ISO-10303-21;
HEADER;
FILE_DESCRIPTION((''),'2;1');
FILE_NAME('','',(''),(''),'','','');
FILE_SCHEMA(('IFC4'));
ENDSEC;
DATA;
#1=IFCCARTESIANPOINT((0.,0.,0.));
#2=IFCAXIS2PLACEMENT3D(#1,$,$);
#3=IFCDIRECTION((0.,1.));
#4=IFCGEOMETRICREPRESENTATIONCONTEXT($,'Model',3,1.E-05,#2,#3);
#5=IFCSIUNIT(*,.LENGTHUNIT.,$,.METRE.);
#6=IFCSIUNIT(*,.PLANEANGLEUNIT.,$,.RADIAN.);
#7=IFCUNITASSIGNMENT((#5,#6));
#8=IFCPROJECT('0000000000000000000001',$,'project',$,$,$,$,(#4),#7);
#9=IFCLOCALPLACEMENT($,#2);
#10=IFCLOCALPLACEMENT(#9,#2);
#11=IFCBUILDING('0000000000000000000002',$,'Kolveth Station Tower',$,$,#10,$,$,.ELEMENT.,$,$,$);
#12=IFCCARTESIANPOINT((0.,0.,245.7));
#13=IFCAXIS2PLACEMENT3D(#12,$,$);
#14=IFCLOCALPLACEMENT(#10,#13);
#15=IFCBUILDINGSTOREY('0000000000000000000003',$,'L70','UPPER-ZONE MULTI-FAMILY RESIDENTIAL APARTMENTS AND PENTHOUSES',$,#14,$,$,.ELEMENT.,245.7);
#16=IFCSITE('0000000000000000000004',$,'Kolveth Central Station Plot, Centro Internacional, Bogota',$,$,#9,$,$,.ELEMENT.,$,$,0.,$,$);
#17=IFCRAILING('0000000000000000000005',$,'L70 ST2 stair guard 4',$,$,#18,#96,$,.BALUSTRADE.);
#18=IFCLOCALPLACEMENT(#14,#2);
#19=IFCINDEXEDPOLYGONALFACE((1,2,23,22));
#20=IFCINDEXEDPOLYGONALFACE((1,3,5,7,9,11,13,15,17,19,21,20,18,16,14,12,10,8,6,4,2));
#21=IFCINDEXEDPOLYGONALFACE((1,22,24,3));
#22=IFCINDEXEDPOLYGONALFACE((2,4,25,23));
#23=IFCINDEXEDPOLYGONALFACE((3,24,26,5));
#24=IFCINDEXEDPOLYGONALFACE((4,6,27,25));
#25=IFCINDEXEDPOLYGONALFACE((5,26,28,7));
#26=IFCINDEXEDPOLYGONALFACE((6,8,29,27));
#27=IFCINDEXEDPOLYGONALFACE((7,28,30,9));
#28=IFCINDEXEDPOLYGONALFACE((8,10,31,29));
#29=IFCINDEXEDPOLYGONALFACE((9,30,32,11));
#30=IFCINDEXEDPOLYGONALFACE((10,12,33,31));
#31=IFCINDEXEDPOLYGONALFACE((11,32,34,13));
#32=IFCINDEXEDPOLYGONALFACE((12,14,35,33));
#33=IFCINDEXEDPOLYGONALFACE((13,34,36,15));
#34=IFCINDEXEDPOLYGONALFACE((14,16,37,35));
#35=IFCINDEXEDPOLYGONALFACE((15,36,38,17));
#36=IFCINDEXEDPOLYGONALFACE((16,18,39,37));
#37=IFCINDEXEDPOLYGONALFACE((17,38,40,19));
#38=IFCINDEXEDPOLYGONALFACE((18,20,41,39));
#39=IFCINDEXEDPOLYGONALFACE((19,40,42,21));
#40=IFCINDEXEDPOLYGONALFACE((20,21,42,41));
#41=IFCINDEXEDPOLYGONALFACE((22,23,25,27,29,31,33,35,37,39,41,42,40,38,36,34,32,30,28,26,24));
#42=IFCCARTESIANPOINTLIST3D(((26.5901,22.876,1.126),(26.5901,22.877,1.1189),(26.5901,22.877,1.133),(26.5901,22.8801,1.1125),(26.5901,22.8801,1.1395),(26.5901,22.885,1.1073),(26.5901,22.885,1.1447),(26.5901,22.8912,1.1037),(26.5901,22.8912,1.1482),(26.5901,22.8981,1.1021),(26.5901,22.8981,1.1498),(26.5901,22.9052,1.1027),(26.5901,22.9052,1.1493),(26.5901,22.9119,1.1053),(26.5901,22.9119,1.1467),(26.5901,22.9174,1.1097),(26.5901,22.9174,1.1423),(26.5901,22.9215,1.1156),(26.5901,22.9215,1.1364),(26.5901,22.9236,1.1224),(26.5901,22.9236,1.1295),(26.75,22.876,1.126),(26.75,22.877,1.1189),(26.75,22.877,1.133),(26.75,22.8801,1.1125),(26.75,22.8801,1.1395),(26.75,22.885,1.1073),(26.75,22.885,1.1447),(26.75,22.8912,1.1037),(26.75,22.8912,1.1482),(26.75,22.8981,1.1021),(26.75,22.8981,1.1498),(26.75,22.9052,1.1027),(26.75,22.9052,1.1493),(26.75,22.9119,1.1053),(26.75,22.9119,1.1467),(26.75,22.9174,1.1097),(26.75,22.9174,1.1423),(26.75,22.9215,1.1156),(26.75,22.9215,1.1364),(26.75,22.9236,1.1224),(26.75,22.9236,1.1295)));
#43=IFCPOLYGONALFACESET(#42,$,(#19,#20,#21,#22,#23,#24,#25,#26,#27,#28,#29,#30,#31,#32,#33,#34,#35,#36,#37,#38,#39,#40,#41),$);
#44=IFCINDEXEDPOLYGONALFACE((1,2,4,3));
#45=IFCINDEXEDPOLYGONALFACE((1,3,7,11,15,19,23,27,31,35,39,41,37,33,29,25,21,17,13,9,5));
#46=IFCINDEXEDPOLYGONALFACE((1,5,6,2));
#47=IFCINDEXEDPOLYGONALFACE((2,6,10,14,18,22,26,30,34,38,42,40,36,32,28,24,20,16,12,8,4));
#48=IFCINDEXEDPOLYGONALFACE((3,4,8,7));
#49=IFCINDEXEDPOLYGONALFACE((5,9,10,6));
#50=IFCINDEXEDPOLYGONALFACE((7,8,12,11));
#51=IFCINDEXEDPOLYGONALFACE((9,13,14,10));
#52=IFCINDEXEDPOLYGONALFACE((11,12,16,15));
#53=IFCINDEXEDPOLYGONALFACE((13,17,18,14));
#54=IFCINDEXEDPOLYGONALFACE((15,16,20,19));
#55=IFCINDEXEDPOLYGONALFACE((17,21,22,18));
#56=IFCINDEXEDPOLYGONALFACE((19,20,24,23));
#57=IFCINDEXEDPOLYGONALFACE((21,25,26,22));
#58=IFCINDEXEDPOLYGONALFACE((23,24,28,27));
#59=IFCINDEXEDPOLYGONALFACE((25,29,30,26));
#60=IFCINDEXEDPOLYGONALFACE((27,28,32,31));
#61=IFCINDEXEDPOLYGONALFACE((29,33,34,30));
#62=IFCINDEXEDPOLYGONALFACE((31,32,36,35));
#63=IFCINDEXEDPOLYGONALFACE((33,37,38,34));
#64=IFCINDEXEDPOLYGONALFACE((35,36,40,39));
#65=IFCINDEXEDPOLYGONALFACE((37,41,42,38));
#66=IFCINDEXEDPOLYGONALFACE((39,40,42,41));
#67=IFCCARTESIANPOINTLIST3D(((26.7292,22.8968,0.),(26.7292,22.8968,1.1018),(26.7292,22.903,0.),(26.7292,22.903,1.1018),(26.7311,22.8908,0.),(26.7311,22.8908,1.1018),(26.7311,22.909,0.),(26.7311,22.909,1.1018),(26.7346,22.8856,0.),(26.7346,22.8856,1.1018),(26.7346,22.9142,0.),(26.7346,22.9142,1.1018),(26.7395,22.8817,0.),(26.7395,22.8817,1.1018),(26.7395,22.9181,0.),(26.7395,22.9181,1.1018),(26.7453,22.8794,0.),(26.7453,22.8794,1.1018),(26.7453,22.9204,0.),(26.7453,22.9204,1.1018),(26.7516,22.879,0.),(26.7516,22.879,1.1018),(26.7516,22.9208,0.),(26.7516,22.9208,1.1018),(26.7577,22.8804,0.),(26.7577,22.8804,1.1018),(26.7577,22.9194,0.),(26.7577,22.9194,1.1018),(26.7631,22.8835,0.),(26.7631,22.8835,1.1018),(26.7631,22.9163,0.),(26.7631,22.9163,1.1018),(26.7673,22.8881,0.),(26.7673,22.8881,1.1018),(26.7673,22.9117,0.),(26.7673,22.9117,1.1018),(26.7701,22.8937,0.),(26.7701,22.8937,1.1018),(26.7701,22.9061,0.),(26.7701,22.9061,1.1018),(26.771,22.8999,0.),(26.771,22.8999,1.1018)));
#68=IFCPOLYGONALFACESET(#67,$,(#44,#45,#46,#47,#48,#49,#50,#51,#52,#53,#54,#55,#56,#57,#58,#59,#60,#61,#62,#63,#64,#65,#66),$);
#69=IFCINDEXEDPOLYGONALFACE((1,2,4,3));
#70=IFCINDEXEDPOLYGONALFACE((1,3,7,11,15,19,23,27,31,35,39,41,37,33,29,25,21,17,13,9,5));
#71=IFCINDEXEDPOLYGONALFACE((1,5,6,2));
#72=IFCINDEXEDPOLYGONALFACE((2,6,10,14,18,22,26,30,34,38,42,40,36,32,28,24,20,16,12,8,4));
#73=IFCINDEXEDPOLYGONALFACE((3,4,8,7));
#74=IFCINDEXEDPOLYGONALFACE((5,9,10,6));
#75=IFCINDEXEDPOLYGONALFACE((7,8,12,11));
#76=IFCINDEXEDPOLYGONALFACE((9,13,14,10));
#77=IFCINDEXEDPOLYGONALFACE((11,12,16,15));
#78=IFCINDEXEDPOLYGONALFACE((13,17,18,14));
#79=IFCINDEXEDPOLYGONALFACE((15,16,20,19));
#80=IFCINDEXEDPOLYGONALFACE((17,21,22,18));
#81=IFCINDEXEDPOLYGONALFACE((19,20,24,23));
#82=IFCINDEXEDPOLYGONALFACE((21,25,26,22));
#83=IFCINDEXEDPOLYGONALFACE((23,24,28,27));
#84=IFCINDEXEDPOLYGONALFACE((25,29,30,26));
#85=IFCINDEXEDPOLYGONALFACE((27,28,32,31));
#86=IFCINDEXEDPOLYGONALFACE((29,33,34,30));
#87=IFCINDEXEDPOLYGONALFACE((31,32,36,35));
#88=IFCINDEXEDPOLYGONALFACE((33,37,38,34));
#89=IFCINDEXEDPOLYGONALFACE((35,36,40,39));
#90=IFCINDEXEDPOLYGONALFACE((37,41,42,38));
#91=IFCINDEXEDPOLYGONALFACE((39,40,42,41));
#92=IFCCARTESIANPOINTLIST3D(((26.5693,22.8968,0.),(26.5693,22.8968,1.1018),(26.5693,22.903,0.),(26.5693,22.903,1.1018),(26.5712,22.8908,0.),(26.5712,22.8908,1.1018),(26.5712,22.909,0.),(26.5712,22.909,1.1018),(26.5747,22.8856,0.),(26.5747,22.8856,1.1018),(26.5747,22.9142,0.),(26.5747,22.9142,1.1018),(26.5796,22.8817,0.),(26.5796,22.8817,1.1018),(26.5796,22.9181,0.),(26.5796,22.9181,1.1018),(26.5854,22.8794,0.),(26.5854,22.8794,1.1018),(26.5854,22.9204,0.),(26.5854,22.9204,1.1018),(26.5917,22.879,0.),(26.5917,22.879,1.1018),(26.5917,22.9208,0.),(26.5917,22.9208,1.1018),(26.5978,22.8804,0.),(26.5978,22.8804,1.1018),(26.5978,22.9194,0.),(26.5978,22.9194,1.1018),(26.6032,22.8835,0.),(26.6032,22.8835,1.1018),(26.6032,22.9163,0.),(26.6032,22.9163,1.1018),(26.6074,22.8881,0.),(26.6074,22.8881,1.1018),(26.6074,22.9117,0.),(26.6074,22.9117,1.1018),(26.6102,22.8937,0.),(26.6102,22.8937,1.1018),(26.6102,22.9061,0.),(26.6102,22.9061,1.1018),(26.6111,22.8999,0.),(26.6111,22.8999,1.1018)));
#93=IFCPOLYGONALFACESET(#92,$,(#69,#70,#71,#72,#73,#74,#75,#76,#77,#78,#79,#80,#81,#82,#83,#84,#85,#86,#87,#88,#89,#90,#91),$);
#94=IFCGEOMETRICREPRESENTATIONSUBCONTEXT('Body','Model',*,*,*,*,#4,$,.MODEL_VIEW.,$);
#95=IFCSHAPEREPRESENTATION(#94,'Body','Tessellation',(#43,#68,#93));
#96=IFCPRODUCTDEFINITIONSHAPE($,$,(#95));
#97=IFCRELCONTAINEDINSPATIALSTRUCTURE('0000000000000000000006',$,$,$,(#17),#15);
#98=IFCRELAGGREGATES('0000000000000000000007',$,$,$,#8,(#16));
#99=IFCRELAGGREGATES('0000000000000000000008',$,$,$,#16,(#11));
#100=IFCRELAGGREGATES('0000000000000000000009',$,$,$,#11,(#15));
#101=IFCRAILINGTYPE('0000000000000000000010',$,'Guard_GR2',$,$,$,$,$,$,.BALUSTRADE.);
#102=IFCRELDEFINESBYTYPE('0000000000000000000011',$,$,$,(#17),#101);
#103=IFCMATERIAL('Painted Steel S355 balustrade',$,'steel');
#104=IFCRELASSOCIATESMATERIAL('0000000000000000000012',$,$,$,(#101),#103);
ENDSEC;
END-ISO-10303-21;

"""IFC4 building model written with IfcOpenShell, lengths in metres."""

from ifc_helpers import new_model, si_unit, direction, frame, origin, origin_2d, place, context, subcontext, project, spatial, circle, extrude, material, type_object, element, save


model = new_model("IFC4")

# Units and contexts
model_context = context("Model", 3, precision=1e-05, world=origin(), true_north=direction((0.0, 1.0)))
body_context = subcontext(model_context, "Body", "Model", "MODEL_VIEW")
ifc_project = project(units=[si_unit("LENGTHUNIT", "METRE"), si_unit("PLANEANGLEUNIT", "RADIAN")], contexts=[model_context])

# Site, building, storey
site_placement = place(None, origin())
site = spatial("IfcSite", under=ifc_project, at=site_placement, Name="Kolveth Central Station Plot, Centro Internacional, Bogota", CompositionType="ELEMENT", RefElevation=0.0)
building_placement = place(site_placement, origin())
building = spatial("IfcBuilding", under=site, at=building_placement, Name="Kolveth Station Tower", CompositionType="ELEMENT")
storey_placement = place(building_placement, frame((0.0, 0.0, 245.7)))
storey = spatial("IfcBuildingStorey", under=building, at=storey_placement, Name="L70", Description="UPPER-ZONE MULTI-FAMILY RESIDENTIAL APARTMENTS AND PENTHOUSES", CompositionType="ELEMENT", Elevation=245.7)

# Railing
ifc_material_1 = material(Name="Painted Steel S355 balustrade", Category="steel")
railing_type_1 = type_object("IfcRailingType", Name="Guard_GR2", PredefinedType="BALUSTRADE", material=ifc_material_1)
railing_1_placement = place(storey_placement, frame((26.75, 22.8999, 0.0)))
element("IfcRailing", 1, at=railing_1_placement, inside=storey, type_object=railing_type_1, Name="L70 ST2 stair guard 4", PredefinedType="BALUSTRADE", context=body_context, shape_type="SweptSolid", body=[
    extrude(circle(Radius=0.0239, at=origin_2d()), frame((0.0, 0.0, 1.126), z_axis=(-1.0, 0.0, 0.0), x_axis=(0.0, -1.0, 0.0)), (0.0, 0.0, 1.0), 0.1599),
    extrude(circle(Radius=0.021, at=origin_2d()), origin(), (0.0, 0.0, 1.0), 1.1018),
    extrude(circle(Radius=0.021, at=origin_2d()), frame((-0.1599, 0.0, 0.0)), (0.0, 0.0, 1.0), 1.1018),
])

save(model, "model.ifc")
